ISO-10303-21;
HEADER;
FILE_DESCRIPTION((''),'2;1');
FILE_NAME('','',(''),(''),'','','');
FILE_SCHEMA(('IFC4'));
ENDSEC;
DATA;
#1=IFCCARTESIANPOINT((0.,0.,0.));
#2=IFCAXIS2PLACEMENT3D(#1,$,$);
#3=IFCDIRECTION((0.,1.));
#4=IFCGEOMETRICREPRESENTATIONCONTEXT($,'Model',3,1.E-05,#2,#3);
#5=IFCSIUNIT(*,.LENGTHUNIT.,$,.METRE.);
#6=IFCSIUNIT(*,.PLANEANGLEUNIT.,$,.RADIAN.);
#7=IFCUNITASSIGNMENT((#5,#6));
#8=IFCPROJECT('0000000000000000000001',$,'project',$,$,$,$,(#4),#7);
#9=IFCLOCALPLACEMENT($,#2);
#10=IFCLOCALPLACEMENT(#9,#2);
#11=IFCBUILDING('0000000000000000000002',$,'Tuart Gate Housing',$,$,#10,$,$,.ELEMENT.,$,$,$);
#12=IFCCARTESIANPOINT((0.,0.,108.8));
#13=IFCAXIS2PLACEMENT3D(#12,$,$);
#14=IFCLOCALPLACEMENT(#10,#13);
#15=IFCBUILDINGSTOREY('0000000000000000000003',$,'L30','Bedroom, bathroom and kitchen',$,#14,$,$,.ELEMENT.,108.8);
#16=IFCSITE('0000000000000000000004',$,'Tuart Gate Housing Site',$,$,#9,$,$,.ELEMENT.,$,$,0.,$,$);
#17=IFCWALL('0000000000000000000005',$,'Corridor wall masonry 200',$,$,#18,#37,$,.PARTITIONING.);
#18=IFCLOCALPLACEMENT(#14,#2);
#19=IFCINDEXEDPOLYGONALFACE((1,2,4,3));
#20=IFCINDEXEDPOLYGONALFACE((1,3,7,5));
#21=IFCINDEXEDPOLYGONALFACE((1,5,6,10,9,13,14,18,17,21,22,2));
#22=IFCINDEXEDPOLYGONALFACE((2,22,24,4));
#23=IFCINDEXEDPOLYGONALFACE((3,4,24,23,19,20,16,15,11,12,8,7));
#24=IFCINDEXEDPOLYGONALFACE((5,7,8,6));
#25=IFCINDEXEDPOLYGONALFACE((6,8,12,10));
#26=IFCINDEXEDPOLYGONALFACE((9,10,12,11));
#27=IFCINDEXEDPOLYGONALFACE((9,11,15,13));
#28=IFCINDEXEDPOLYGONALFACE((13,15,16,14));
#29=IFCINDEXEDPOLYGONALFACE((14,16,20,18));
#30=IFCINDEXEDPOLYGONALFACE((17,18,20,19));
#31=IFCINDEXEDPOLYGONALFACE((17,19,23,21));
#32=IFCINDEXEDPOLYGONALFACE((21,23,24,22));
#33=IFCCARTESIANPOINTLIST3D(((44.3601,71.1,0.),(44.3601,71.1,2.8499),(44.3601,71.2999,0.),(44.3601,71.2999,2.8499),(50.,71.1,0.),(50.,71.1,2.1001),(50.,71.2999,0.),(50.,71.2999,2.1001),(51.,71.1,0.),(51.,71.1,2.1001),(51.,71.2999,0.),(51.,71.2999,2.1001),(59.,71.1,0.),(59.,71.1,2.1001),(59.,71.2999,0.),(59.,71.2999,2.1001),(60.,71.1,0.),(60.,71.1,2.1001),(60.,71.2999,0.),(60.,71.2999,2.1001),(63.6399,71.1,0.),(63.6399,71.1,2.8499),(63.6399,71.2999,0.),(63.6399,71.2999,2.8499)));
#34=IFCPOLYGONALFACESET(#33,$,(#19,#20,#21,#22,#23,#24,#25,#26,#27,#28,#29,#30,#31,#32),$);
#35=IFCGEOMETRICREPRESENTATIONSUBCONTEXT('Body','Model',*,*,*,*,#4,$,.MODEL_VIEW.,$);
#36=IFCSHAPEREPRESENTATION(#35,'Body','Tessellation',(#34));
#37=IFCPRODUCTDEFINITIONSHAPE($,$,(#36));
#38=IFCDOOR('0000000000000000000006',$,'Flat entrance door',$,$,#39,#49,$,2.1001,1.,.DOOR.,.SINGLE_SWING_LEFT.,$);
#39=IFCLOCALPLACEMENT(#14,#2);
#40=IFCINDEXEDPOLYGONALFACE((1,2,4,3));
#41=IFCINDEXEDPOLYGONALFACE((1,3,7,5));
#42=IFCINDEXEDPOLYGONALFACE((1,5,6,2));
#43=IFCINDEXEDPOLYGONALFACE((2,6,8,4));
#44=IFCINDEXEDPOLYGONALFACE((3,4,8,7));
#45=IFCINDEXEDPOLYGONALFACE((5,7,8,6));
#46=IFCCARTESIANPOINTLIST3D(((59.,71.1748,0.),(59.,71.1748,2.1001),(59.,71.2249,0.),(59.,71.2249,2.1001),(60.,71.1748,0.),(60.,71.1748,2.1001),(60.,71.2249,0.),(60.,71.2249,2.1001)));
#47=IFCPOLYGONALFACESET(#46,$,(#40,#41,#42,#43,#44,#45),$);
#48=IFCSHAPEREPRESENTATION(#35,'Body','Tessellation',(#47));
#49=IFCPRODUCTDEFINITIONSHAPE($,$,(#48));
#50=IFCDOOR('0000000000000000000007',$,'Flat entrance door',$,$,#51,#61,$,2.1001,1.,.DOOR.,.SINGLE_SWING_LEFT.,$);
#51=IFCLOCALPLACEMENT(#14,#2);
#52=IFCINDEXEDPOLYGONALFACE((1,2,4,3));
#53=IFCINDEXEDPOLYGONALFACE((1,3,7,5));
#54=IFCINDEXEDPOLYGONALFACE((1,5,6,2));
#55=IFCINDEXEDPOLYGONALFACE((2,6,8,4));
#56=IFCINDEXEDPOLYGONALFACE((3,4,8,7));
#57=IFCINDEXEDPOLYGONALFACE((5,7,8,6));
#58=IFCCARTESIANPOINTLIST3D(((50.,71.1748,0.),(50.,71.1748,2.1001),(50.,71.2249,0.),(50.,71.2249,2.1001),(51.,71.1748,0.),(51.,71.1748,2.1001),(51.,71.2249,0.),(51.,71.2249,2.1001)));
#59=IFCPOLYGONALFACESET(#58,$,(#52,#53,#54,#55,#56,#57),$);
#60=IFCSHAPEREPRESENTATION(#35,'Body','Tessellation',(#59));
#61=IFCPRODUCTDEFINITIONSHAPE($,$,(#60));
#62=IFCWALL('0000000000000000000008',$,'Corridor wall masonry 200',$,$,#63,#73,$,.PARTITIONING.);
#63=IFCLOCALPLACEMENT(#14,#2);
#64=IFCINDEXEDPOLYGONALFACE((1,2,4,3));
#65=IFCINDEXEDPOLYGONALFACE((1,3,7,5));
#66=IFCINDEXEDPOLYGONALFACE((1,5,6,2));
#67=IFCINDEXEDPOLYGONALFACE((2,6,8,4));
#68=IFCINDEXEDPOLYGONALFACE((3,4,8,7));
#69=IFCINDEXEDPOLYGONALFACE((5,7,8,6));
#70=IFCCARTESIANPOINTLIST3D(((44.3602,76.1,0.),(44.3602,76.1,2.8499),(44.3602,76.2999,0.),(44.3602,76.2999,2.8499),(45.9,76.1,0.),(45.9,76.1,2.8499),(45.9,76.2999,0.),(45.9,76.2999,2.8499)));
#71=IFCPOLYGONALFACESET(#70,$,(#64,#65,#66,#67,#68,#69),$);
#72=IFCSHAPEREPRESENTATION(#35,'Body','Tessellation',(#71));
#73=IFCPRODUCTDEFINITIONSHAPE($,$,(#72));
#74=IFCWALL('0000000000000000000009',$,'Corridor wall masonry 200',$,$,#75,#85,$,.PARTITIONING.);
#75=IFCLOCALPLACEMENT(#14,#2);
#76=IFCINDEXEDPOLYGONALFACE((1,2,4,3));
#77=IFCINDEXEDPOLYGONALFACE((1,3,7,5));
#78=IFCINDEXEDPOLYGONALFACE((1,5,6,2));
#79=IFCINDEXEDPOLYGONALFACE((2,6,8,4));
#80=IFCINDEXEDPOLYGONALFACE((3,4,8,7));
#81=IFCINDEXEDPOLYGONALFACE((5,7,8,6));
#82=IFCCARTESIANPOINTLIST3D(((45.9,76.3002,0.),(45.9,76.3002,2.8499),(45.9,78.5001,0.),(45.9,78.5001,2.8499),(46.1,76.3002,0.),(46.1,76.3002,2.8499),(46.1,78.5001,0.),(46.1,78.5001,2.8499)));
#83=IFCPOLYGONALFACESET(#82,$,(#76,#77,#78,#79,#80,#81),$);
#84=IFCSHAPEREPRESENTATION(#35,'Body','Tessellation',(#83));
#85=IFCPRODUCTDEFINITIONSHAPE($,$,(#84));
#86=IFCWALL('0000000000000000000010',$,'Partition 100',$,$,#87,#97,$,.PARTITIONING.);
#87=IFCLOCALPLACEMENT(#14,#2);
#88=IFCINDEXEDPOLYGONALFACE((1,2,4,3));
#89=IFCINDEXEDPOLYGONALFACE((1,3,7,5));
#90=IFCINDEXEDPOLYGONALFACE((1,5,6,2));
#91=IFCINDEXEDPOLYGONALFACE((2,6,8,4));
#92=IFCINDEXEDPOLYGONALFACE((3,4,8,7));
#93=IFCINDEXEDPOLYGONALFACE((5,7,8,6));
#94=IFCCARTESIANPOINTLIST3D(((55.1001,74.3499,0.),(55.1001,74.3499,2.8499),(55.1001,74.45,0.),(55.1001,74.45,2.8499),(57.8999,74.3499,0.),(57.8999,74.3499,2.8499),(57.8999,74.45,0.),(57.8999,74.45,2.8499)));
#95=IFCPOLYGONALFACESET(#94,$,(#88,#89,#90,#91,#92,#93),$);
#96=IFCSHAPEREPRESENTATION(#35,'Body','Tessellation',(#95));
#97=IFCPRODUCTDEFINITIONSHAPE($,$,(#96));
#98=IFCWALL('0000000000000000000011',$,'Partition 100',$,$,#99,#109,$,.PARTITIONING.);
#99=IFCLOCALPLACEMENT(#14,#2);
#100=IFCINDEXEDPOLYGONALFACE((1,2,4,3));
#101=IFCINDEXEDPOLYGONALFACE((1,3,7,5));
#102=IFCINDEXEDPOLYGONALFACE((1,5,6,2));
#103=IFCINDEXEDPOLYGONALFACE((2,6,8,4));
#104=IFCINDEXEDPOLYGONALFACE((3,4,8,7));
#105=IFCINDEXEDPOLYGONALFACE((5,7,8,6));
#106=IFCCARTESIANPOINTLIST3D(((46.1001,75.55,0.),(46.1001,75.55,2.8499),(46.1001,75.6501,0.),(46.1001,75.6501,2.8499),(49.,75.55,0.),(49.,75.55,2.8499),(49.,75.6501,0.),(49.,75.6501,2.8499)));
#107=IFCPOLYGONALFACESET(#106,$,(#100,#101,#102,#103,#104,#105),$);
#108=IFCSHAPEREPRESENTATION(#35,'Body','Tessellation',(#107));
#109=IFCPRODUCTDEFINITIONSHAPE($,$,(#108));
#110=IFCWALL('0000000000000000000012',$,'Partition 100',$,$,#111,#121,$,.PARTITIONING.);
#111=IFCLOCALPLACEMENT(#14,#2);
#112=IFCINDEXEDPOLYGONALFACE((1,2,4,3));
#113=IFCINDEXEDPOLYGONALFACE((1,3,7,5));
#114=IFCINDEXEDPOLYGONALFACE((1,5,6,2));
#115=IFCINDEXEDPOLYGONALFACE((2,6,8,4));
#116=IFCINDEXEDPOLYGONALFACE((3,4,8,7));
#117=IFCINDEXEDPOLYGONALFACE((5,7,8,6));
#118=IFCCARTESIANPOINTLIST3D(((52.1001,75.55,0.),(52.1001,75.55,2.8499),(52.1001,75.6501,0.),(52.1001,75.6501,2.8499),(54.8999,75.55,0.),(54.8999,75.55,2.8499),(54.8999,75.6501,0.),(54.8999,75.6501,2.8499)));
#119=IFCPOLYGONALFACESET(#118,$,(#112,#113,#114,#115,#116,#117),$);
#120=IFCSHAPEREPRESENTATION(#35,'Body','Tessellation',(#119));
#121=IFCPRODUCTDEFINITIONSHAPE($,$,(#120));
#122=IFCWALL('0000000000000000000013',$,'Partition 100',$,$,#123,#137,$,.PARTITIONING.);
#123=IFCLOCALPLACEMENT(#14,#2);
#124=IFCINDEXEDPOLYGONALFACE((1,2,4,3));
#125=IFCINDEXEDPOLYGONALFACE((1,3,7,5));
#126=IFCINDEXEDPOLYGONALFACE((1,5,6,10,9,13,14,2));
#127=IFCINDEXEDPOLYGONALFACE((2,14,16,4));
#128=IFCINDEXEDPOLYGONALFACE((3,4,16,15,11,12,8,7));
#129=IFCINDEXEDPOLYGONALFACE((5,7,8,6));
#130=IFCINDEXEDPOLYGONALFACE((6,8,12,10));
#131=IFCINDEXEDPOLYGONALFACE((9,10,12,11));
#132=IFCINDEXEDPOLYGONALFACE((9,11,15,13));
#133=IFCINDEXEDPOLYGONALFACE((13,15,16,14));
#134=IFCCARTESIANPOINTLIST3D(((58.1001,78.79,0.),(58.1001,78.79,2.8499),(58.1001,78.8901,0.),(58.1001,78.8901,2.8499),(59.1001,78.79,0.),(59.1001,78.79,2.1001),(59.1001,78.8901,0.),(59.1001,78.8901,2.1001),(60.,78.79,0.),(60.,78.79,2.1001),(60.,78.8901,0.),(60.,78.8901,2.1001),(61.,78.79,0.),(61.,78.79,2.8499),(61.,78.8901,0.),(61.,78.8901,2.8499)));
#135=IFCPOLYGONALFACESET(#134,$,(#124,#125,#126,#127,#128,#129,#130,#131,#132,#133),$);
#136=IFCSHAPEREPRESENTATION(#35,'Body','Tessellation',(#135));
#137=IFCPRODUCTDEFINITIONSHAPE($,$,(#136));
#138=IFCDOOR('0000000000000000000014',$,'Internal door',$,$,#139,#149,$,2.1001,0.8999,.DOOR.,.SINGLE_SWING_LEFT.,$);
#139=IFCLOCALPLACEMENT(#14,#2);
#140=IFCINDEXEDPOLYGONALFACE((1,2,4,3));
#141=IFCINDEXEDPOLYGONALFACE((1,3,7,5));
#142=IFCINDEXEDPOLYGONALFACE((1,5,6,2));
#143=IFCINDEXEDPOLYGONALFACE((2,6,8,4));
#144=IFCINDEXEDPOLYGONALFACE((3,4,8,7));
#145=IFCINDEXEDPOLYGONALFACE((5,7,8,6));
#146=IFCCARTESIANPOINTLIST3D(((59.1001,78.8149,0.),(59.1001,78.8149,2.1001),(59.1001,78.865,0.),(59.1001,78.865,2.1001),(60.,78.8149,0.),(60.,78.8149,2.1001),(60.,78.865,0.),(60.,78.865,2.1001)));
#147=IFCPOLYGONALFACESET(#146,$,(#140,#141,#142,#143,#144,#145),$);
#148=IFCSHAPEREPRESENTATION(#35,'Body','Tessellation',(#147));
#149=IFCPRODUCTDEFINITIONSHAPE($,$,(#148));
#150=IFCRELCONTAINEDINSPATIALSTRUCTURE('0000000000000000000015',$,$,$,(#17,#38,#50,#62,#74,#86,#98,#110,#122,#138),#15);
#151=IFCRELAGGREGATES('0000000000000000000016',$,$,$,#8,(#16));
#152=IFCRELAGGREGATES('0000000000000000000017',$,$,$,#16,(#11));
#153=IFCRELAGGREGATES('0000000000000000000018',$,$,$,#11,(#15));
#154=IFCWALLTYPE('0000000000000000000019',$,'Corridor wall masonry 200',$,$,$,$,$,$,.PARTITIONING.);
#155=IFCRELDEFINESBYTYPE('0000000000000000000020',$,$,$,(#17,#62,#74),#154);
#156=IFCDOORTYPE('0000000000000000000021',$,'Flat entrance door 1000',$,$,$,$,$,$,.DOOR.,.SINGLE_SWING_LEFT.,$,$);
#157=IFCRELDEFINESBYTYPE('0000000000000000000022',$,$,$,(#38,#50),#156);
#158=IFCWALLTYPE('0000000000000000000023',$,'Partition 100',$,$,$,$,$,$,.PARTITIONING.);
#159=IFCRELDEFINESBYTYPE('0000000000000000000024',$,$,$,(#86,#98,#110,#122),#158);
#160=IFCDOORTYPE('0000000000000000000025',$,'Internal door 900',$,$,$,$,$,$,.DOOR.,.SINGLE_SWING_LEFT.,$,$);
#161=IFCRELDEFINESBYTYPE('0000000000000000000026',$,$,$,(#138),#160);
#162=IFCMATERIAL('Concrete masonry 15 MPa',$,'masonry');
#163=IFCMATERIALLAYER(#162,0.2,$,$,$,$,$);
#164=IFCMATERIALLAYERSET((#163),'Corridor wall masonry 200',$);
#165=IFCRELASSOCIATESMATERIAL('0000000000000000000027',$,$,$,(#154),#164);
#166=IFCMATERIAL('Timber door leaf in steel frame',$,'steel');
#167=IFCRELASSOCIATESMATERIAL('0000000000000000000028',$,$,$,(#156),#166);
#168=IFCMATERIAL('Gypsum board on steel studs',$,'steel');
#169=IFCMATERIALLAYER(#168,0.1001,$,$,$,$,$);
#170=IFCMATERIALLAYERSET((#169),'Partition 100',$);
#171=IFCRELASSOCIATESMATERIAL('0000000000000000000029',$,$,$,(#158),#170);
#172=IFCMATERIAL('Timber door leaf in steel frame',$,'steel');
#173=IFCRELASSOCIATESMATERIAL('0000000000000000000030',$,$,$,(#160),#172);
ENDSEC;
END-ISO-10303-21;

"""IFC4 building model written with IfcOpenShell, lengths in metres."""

from ifc_helpers import new_model, si_unit, direction, frame, frame_2d, origin, place, context, subcontext, project, spatial, rectangle, extrude, material, layer, layer_set, type_object, element, fill, save


model = new_model("IFC4")

# Units and contexts
model_context = context("Model", 3, precision=1e-05, world=origin(), true_north=direction((0.0, 1.0)))
body_context = subcontext(model_context, "Body", "Model", "MODEL_VIEW")
ifc_project = project(units=[si_unit("LENGTHUNIT", "METRE"), si_unit("PLANEANGLEUNIT", "RADIAN")], contexts=[model_context])

# Site, building, storey
site_placement = place(None, origin())
site = spatial("IfcSite", under=ifc_project, at=site_placement, Name="Tuart Gate Housing Site", CompositionType="ELEMENT", RefElevation=0.0)
building_placement = place(site_placement, origin())
building = spatial("IfcBuilding", under=site, at=building_placement, Name="Tuart Gate Housing", CompositionType="ELEMENT")
storey_placement = place(building_placement, frame((0.0, 0.0, 108.8)))
storey = spatial("IfcBuildingStorey", under=building, at=storey_placement, Name="L30", Description="Bedroom, bathroom and kitchen", CompositionType="ELEMENT", Elevation=108.8)

# Wall, openings, doors
ifc_material_1 = material(Name="Concrete masonry 15 MPa", Category="masonry")
ifc_layer_1 = layer(ifc_material_1, 0.2)
ifc_layer_set_1 = layer_set([ifc_layer_1], Name="Corridor wall masonry 200")
wall_type_1 = type_object("IfcWallType", Name="Corridor wall masonry 200", PredefinedType="PARTITIONING", material=ifc_layer_set_1)
wall_1_placement = place(storey_placement, frame((44.3601, 71.2, 0.0), z_axis=(0.0, 0.0, 1.0), x_axis=(1.0, 0.0, 0.0)))
wall_1 = element("IfcWall", 1, at=wall_1_placement, inside=storey, type_object=wall_type_1, Name="Corridor wall masonry 200", PredefinedType="PARTITIONING", context=body_context, shape_type="SweptSolid", body=[
    extrude(rectangle(XDim=19.2798, YDim=0.2, at=frame_2d((9.6399, 0.0))), origin(), (0.0, 0.0, 1.0), 2.8499),
])
opening_1_placement = place(wall_1_placement, frame((14.6399, 0.0, 0.0)))
opening_1 = element("IfcOpeningElement", 2, at=opening_1_placement, cuts=wall_1, PredefinedType="OPENING", context=body_context, shape_type="SweptSolid", body=[
    extrude(rectangle(XDim=1.0, YDim=2.1001, at=frame_2d((0.5, 1.05))), frame((0.0, 0.1099, 0.0), z_axis=(0.0, -1.0, 0.0), x_axis=(1.0, 0.0, 0.0)), (0.0, 0.0, 1.0), 0.22),
])
opening_2_placement = place(wall_1_placement, frame((5.6399, 0.0, 0.0)))
opening_2 = element("IfcOpeningElement", 3, at=opening_2_placement, cuts=wall_1, PredefinedType="OPENING", context=body_context, shape_type="SweptSolid", body=[
    extrude(rectangle(XDim=1.0, YDim=2.1001, at=frame_2d((0.5, 1.05))), frame((0.0, 0.1099, 0.0), z_axis=(0.0, -1.0, 0.0), x_axis=(1.0, 0.0, 0.0)), (0.0, 0.0, 1.0), 0.22),
])
ifc_material_2 = material(Name="Timber door leaf in steel frame", Category="steel")
door_type_1 = type_object("IfcDoorType", Name="Flat entrance door 1000", OperationType="SINGLE_SWING_LEFT", PredefinedType="DOOR", material=ifc_material_2)
door_1_placement = place(opening_1_placement, origin())
door_1 = element("IfcDoor", 4, at=door_1_placement, inside=storey, type_object=door_type_1, Name="Flat entrance door", OperationType="SINGLE_SWING_LEFT", OverallHeight=2.1001, OverallWidth=1.0, PredefinedType="DOOR", context=body_context, shape_type="SweptSolid", body=[
    extrude(rectangle(XDim=1.0, YDim=2.1001, at=frame_2d((0.5, 1.05))), frame((0.0, 0.0249, 0.0), z_axis=(0.0, -1.0, 0.0), x_axis=(1.0, 0.0, 0.0)), (0.0, 0.0, 1.0), 0.05),
])
fill(opening_1, door_1)
door_2_placement = place(opening_2_placement, origin())
door_2 = element("IfcDoor", 5, at=door_2_placement, inside=storey, type_object=door_type_1, Name="Flat entrance door", OperationType="SINGLE_SWING_LEFT", OverallHeight=2.1001, OverallWidth=1.0, PredefinedType="DOOR", context=body_context, shape_type="SweptSolid", body=[
    extrude(rectangle(XDim=1.0, YDim=2.1001, at=frame_2d((0.5, 1.05))), frame((0.0, 0.0249, 0.0), z_axis=(0.0, -1.0, 0.0), x_axis=(1.0, 0.0, 0.0)), (0.0, 0.0, 1.0), 0.05),
])
fill(opening_2, door_2)

# Walls
wall_2_placement = place(storey_placement, frame((44.3601, 76.2, 0.0), z_axis=(0.0, 0.0, 1.0), x_axis=(1.0, 0.0, 0.0)))
element("IfcWall", 6, at=wall_2_placement, inside=storey, type_object=wall_type_1, Name="Corridor wall masonry 200", PredefinedType="PARTITIONING", context=body_context, shape_type="SweptSolid", body=[
    extrude(rectangle(XDim=1.5398, YDim=0.2, at=frame_2d((0.77, 0.0))), origin(), (0.0, 0.0, 1.0), 2.8499),
])
wall_3_placement = place(storey_placement, frame((46.0, 76.3, 0.0), z_axis=(0.0, 0.0, 1.0), x_axis=(0.0, 1.0, 0.0)))
element("IfcWall", 7, at=wall_3_placement, inside=storey, type_object=wall_type_1, Name="Corridor wall masonry 200", PredefinedType="PARTITIONING", context=body_context, shape_type="SweptSolid", body=[
    extrude(rectangle(XDim=2.2, YDim=0.2, at=frame_2d((1.1001, 0.0))), origin(), (0.0, 0.0, 1.0), 2.8499),
])
ifc_material_3 = material(Name="Gypsum board on steel studs", Category="steel")
ifc_layer_2 = layer(ifc_material_3, 0.1001)
ifc_layer_set_2 = layer_set([ifc_layer_2], Name="Partition 100")
wall_type_2 = type_object("IfcWallType", Name="Partition 100", PredefinedType="PARTITIONING", material=ifc_layer_set_2)
wall_4_placement = place(storey_placement, frame((55.1001, 74.3999, 0.0), z_axis=(0.0, 0.0, 1.0), x_axis=(1.0, 0.0, 0.0)))
element("IfcWall", 8, at=wall_4_placement, inside=storey, type_object=wall_type_2, Name="Partition 100", PredefinedType="PARTITIONING", context=body_context, shape_type="SweptSolid", body=[
    extrude(rectangle(XDim=2.7998, YDim=0.1001, at=frame_2d((1.3999, 0.0))), origin(), (0.0, 0.0, 1.0), 2.8499),
])
wall_5_placement = place(storey_placement, frame((46.1001, 75.6001, 0.0), z_axis=(0.0, 0.0, 1.0), x_axis=(1.0, 0.0, 0.0)))
element("IfcWall", 9, at=wall_5_placement, inside=storey, type_object=wall_type_2, Name="Partition 100", PredefinedType="PARTITIONING", context=body_context, shape_type="SweptSolid", body=[
    extrude(rectangle(XDim=2.8999, YDim=0.1001, at=frame_2d((1.45, 0.0))), origin(), (0.0, 0.0, 1.0), 2.8499),
])
wall_6_placement = place(storey_placement, frame((52.1001, 75.6001, 0.0), z_axis=(0.0, 0.0, 1.0), x_axis=(1.0, 0.0, 0.0)))
element("IfcWall", 10, at=wall_6_placement, inside=storey, type_object=wall_type_2, Name="Partition 100", PredefinedType="PARTITIONING", context=body_context, shape_type="SweptSolid", body=[
    extrude(rectangle(XDim=2.7998, YDim=0.1001, at=frame_2d((1.3999, 0.0))), origin(), (0.0, 0.0, 1.0), 2.8499),
])

# Wall, opening, door
wall_7_placement = place(storey_placement, frame((58.1001, 78.8401, 0.0), z_axis=(0.0, 0.0, 1.0), x_axis=(1.0, 0.0, 0.0)))
wall_7 = element("IfcWall", 11, at=wall_7_placement, inside=storey, type_object=wall_type_2, Name="Partition 100", PredefinedType="PARTITIONING", context=body_context, shape_type="SweptSolid", body=[
    extrude(rectangle(XDim=2.8999, YDim=0.1001, at=frame_2d((1.45, 0.0))), origin(), (0.0, 0.0, 1.0), 2.8499),
])
opening_3_placement = place(wall_7_placement, frame((1.0, 0.0, 0.0)))
opening_3 = element("IfcOpeningElement", 12, at=opening_3_placement, cuts=wall_7, PredefinedType="OPENING", context=body_context, shape_type="SweptSolid", body=[
    extrude(rectangle(XDim=0.8999, YDim=2.1001, at=frame_2d((0.45, 1.05))), frame((0.0, 0.0601, 0.0), z_axis=(0.0, -1.0, 0.0), x_axis=(1.0, 0.0, 0.0)), (0.0, 0.0, 1.0), 0.1201),
])
ifc_material_4 = material(Name="Timber door leaf in steel frame", Category="steel")
door_type_2 = type_object("IfcDoorType", Name="Internal door 900", OperationType="SINGLE_SWING_LEFT", PredefinedType="DOOR", material=ifc_material_4)
door_3_placement = place(opening_3_placement, frame((0.8999, 0.0, 0.0), z_axis=(0.0, 0.0, 1.0), x_axis=(-1.0, 0.0, 0.0)))
door_3 = element("IfcDoor", 13, at=door_3_placement, inside=storey, type_object=door_type_2, Name="Internal door", OperationType="SINGLE_SWING_LEFT", OverallHeight=2.1001, OverallWidth=0.8999, PredefinedType="DOOR", context=body_context, shape_type="SweptSolid", body=[
    extrude(rectangle(XDim=0.8999, YDim=2.1001, at=frame_2d((0.45, 1.05))), frame((0.0, 0.0251, 0.0), z_axis=(0.0, -1.0, 0.0), x_axis=(1.0, 0.0, 0.0)), (0.0, 0.0, 1.0), 0.05),
])
fill(opening_3, door_3)

save(model, "model.ifc")
